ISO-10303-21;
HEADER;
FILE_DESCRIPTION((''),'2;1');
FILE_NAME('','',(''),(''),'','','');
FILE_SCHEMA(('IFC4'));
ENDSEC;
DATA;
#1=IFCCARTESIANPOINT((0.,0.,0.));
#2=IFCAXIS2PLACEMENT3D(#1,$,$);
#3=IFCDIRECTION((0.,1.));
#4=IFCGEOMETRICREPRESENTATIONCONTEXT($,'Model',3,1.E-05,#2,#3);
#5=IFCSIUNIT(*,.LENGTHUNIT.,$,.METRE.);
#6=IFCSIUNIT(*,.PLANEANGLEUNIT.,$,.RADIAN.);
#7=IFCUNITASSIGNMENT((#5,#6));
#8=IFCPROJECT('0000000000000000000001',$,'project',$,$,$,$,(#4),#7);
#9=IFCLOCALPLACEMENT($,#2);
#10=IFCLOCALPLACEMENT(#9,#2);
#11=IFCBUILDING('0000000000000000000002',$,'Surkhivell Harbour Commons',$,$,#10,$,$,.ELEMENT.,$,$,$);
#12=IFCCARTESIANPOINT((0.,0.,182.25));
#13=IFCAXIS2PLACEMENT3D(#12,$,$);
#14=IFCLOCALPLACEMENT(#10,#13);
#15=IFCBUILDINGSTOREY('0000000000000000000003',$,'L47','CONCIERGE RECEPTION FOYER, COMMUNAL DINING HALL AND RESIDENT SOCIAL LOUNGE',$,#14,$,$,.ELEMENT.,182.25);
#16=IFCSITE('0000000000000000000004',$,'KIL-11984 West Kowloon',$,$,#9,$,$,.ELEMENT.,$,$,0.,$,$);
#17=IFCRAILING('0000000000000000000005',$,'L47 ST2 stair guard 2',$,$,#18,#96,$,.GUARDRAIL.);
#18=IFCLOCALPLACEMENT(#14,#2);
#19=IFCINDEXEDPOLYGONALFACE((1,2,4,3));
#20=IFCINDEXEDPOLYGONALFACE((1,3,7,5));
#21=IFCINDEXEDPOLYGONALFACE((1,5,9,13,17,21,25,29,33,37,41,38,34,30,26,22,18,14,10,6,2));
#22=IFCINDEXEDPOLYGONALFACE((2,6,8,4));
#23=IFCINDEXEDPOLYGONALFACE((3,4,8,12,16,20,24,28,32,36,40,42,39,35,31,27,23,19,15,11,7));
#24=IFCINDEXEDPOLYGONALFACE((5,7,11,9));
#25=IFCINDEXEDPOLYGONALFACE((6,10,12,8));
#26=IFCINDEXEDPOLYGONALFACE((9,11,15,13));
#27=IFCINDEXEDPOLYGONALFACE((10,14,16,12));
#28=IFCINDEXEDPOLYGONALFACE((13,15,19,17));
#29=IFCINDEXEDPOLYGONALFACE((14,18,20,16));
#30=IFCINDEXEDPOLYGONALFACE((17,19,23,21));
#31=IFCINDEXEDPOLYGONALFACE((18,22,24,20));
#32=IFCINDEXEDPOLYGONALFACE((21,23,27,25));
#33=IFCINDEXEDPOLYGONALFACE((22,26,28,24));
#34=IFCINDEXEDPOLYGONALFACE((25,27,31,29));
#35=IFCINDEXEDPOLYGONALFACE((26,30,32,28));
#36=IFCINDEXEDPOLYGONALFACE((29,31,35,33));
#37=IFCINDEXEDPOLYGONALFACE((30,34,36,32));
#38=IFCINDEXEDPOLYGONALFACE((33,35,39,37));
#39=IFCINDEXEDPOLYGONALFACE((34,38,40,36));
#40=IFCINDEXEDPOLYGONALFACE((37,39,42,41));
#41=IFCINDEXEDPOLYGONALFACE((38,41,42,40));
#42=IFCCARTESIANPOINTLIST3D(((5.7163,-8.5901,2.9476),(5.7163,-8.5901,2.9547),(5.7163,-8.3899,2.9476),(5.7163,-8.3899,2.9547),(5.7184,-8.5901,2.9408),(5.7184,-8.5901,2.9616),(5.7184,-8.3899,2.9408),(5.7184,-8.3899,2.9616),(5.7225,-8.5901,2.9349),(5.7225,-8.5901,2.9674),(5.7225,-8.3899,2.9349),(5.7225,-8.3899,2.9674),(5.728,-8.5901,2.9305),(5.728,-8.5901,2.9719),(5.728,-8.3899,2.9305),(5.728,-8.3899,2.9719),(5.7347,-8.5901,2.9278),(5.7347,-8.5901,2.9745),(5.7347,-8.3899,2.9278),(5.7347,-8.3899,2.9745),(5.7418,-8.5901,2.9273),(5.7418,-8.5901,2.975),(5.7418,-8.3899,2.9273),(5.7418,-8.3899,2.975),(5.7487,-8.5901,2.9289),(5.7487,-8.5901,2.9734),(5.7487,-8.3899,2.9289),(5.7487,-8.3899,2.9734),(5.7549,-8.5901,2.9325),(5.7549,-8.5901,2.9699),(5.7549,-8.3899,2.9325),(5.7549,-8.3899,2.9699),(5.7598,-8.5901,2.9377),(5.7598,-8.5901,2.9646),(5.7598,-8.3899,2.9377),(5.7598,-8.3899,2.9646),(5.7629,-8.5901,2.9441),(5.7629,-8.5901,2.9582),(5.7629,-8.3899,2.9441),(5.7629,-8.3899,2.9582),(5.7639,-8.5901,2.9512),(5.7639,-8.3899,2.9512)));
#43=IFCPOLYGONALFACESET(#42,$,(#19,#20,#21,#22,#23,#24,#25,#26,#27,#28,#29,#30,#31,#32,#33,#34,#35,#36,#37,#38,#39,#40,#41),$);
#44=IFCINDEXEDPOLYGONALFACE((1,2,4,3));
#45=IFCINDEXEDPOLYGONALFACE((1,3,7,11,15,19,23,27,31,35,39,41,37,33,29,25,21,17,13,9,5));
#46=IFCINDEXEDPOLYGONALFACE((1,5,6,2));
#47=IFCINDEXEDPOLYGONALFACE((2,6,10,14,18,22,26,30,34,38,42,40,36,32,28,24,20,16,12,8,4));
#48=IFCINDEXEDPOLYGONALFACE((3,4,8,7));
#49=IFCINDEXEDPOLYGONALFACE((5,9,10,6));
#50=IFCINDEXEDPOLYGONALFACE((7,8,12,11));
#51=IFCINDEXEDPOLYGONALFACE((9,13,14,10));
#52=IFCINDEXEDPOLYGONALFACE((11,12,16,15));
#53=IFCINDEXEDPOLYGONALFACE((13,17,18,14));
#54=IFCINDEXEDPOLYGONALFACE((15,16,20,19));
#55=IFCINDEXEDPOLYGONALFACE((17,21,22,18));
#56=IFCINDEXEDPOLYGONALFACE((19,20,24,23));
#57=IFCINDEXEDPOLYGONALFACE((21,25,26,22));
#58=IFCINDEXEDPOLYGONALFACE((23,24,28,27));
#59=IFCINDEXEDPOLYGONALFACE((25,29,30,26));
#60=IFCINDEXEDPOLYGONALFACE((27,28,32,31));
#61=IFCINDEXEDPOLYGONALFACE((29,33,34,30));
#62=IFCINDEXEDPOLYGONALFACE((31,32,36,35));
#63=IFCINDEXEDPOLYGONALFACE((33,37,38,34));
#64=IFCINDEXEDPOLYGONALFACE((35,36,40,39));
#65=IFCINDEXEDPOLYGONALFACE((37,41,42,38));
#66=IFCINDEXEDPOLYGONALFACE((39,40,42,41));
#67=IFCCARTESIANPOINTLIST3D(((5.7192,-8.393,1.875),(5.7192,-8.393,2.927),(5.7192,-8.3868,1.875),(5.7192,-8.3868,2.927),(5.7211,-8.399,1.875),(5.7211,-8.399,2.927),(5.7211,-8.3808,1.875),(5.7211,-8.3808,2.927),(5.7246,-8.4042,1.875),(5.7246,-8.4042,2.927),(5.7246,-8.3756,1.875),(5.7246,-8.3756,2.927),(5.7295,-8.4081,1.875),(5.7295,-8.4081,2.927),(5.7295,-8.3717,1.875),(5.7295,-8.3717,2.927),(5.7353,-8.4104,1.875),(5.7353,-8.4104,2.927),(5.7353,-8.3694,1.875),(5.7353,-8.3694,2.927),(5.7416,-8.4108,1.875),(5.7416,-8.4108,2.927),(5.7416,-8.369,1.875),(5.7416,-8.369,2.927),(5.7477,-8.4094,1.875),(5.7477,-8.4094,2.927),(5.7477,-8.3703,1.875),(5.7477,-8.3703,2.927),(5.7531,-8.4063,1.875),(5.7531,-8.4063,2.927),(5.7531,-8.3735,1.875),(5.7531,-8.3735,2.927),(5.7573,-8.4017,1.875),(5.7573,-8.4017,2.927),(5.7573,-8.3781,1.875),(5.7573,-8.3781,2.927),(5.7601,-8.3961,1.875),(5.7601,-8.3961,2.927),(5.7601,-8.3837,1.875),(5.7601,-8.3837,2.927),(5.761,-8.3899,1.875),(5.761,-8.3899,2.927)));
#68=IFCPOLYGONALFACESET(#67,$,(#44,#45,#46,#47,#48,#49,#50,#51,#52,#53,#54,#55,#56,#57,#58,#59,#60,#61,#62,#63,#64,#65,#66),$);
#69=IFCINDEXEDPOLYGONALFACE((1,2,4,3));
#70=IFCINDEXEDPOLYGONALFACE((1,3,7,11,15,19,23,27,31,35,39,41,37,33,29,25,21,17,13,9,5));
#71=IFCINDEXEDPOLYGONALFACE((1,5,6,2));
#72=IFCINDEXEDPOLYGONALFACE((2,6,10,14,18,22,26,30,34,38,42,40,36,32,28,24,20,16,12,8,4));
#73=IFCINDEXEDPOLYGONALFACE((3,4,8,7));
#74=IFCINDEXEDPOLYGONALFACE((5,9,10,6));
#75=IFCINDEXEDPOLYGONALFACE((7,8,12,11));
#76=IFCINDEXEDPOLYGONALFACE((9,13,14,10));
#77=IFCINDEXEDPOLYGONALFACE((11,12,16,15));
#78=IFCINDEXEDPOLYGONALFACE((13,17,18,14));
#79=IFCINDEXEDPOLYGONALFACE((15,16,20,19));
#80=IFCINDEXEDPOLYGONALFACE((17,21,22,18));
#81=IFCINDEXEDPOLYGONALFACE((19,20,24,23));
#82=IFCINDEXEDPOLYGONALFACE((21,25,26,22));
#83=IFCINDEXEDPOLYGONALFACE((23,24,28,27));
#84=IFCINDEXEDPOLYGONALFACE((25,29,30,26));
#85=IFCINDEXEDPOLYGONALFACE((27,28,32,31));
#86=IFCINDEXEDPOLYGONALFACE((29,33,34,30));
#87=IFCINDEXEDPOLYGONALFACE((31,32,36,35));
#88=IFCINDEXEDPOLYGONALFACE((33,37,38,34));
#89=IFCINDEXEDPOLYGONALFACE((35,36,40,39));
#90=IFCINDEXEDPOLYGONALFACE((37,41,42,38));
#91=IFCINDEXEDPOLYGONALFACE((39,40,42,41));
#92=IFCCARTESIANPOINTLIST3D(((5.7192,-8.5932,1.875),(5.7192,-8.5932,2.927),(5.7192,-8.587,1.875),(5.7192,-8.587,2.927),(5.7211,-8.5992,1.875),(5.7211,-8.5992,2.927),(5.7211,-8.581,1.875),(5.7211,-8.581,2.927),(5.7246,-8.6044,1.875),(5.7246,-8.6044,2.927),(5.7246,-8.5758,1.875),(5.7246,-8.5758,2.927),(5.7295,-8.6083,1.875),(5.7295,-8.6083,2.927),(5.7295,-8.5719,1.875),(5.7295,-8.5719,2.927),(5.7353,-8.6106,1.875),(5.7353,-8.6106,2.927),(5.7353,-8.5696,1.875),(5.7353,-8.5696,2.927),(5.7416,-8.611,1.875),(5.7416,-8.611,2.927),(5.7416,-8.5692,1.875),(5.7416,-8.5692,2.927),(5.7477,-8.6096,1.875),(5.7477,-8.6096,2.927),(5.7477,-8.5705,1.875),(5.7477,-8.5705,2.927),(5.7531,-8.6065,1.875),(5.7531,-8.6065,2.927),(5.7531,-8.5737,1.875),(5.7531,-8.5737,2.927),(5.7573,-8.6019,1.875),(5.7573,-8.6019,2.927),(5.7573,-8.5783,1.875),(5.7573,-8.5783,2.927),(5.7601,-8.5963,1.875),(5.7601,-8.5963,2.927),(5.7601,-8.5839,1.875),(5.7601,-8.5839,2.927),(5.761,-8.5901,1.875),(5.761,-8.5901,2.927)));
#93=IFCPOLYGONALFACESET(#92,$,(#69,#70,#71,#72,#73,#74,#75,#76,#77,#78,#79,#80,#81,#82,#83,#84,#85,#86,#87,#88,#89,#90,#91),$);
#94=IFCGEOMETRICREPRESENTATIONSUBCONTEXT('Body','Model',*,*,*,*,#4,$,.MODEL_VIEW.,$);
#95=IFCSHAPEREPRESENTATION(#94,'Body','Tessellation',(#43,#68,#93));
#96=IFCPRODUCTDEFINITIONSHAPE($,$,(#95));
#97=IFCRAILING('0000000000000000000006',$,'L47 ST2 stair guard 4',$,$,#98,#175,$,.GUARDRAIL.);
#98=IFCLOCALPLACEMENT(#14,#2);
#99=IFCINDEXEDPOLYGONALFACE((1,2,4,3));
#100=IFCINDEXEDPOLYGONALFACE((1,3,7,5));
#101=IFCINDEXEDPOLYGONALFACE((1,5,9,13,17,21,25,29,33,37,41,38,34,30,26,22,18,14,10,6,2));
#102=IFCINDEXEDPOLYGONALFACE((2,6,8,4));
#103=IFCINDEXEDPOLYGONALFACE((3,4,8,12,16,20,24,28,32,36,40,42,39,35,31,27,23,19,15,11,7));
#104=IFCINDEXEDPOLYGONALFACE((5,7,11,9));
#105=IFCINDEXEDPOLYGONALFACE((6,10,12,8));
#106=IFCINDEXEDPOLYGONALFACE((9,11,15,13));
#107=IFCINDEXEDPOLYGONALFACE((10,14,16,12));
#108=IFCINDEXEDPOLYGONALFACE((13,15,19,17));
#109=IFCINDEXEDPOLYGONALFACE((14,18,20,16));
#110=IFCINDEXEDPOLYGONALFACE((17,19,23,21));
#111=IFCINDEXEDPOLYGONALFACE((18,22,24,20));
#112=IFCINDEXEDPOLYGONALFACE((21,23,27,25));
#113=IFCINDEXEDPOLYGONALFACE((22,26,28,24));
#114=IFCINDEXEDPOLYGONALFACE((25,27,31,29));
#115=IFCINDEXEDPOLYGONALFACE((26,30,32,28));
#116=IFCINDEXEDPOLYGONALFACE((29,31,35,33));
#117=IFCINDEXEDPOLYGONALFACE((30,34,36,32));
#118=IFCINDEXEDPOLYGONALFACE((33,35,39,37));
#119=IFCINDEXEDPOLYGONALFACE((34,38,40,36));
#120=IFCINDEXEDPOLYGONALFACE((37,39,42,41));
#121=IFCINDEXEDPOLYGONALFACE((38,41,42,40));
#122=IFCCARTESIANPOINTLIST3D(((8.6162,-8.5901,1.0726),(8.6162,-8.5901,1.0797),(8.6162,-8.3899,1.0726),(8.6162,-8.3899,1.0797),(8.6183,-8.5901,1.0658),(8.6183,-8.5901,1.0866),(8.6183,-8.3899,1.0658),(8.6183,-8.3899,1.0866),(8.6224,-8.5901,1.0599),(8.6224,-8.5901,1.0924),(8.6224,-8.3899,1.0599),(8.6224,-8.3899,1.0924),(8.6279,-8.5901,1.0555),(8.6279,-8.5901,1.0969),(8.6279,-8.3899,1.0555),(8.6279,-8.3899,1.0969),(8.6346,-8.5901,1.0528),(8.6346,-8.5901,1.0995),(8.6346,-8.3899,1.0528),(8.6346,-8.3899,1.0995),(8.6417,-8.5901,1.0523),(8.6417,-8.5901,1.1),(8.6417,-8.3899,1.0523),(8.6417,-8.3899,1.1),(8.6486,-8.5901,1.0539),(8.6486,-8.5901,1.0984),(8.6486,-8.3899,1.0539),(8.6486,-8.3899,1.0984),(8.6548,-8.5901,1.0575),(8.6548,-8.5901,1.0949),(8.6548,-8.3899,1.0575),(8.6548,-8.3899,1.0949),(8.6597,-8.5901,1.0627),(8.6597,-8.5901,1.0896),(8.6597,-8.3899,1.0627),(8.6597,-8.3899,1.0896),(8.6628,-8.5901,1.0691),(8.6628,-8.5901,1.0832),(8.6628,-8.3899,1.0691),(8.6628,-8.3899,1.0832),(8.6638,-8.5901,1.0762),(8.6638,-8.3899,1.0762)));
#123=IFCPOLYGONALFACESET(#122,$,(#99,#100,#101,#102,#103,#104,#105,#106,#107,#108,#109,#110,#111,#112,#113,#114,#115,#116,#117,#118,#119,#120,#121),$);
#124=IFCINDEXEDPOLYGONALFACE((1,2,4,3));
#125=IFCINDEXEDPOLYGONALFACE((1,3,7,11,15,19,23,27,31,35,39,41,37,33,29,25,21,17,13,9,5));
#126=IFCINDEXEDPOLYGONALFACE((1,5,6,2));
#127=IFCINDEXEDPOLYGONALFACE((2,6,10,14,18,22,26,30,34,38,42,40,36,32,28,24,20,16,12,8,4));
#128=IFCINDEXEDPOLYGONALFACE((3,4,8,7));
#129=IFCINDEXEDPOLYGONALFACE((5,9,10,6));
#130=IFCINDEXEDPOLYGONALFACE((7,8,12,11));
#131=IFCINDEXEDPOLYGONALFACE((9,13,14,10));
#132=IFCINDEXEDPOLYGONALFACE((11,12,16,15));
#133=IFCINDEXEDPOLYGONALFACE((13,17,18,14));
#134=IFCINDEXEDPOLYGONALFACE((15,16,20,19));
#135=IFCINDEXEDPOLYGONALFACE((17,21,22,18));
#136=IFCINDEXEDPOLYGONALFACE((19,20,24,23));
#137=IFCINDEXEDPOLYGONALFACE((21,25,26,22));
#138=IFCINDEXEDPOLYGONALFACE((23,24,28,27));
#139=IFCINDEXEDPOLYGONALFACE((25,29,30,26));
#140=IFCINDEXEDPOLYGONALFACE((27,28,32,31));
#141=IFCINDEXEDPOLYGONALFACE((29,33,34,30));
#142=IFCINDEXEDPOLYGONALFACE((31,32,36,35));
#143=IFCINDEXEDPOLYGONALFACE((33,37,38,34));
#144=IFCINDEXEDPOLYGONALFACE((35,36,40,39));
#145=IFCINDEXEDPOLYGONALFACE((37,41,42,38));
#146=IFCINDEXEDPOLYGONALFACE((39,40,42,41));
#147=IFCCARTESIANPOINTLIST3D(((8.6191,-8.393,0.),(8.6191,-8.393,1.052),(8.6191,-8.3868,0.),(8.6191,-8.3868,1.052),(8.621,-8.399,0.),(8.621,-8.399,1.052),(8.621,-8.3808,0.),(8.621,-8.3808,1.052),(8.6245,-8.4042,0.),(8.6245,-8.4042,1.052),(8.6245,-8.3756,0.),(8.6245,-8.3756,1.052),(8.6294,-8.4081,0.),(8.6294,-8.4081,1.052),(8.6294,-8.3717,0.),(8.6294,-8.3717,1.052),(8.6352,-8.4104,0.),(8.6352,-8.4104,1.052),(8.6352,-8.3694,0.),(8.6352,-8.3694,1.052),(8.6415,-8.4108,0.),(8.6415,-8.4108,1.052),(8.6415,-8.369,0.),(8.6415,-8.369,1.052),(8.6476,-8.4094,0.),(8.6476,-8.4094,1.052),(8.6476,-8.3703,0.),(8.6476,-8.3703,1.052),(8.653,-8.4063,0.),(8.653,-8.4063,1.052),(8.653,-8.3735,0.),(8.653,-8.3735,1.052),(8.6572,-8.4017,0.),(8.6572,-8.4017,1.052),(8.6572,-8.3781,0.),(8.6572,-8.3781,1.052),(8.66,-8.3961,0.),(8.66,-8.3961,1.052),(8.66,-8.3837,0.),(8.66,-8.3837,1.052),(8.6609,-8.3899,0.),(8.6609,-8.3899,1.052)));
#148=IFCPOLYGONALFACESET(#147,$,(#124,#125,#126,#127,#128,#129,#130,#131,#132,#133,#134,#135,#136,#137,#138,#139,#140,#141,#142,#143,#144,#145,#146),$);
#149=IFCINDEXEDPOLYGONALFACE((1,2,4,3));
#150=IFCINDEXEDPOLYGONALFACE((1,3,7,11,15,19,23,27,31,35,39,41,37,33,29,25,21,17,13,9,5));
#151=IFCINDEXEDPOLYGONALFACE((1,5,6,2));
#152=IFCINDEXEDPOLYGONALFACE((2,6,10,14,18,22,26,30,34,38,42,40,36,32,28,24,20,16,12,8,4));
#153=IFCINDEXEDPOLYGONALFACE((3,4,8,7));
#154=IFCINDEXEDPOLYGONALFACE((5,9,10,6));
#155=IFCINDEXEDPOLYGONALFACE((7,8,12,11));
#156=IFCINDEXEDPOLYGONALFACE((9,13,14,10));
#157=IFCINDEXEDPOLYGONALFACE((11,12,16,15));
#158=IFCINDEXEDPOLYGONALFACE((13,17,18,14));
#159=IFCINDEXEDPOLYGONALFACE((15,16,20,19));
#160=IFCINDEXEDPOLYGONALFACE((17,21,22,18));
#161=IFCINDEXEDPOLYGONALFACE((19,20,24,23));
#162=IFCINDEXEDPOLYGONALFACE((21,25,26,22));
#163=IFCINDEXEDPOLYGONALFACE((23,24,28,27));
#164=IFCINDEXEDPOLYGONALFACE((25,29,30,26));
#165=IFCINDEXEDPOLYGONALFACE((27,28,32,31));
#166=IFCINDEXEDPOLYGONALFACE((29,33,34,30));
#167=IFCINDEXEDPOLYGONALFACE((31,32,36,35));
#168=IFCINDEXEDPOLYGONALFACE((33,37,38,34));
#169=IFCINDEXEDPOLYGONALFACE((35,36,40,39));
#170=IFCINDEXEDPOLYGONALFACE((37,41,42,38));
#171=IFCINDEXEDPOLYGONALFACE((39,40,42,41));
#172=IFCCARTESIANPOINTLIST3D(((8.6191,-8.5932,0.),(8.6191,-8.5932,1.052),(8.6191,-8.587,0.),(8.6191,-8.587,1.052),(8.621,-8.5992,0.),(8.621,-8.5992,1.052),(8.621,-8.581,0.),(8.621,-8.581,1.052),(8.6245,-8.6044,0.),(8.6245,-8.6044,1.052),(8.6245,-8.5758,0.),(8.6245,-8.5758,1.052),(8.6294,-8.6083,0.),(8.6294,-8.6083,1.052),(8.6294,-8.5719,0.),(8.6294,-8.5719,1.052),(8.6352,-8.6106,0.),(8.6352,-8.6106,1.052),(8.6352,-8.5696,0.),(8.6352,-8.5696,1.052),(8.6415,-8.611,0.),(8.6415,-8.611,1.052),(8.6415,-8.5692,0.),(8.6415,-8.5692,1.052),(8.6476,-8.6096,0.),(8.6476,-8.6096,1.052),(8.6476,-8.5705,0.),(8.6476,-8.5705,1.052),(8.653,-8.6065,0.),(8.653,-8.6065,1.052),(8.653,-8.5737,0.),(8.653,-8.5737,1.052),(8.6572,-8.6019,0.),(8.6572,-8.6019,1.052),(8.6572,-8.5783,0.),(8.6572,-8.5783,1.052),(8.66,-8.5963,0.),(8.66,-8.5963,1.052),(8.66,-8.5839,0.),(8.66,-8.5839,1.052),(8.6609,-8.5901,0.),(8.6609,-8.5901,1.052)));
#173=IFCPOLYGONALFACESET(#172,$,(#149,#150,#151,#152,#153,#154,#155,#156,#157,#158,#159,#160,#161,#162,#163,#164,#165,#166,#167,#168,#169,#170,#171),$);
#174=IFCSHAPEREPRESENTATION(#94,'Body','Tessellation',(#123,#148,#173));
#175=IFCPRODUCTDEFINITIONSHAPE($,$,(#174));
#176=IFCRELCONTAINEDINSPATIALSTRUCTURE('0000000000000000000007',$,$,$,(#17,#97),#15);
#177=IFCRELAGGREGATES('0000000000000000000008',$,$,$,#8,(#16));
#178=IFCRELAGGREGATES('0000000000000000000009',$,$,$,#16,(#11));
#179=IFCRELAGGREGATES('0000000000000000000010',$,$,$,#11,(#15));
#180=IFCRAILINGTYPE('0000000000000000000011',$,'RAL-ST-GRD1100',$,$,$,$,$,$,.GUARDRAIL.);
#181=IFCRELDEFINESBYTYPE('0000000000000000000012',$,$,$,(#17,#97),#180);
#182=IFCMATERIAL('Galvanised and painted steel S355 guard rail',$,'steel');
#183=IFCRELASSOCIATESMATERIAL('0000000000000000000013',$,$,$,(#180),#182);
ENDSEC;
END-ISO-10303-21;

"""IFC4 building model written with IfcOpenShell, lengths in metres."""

from ifc_helpers import new_model, si_unit, direction, frame, origin, origin_2d, place, context, subcontext, project, spatial, circle, extrude, material, type_object, element, save


model = new_model("IFC4")

# Units and contexts
model_context = context("Model", 3, precision=1e-05, world=origin(), true_north=direction((0.0, 1.0)))
body_context = subcontext(model_context, "Body", "Model", "MODEL_VIEW")
ifc_project = project(units=[si_unit("LENGTHUNIT", "METRE"), si_unit("PLANEANGLEUNIT", "RADIAN")], contexts=[model_context])

# Site, building, storey
site_placement = place(None, origin())
site = spatial("IfcSite", under=ifc_project, at=site_placement, Name="KIL-11984 West Kowloon", CompositionType="ELEMENT", RefElevation=0.0)
building_placement = place(site_placement, origin())
building = spatial("IfcBuilding", under=site, at=building_placement, Name="Surkhivell Harbour Commons", CompositionType="ELEMENT")
storey_placement = place(building_placement, frame((0.0, 0.0, 182.25)))
storey = spatial("IfcBuildingStorey", under=building, at=storey_placement, Name="L47", Description="CONCIERGE RECEPTION FOYER, COMMUNAL DINING HALL AND RESIDENT SOCIAL LOUNGE", CompositionType="ELEMENT", Elevation=182.25)

# Railings
ifc_material_1 = material(Name="Galvanised and painted steel S355 guard rail", Category="steel")
railing_type_1 = type_object("IfcRailingType", Name="RAL-ST-GRD1100", PredefinedType="GUARDRAIL", material=ifc_material_1)
for number, where, name in (
    (1, (5.74, -8.3899, 1.875), "L47 ST2 stair guard 2"),
    (2, (8.6399, -8.3899, 0.0), "L47 ST2 stair guard 4"),
):
    element("IfcRailing", number, at=place(storey_placement, frame(where)), inside=storey, type_object=railing_type_1, Name=name, PredefinedType="GUARDRAIL", context=body_context, shape_type="SweptSolid", body=[
        extrude(circle(Radius=0.0239, at=origin_2d()), frame((0.0, 0.0, 1.0762), z_axis=(0.0, -1.0, 0.0), x_axis=(1.0, 0.0, 0.0)), (0.0, 0.0, 1.0), 0.2002),
        extrude(circle(Radius=0.021, at=origin_2d()), origin(), (0.0, 0.0, 1.0), 1.052),
        extrude(circle(Radius=0.021, at=origin_2d()), frame((0.0, -0.2002, 0.0)), (0.0, 0.0, 1.0), 1.052),
    ])

save(model, "model.ifc")
